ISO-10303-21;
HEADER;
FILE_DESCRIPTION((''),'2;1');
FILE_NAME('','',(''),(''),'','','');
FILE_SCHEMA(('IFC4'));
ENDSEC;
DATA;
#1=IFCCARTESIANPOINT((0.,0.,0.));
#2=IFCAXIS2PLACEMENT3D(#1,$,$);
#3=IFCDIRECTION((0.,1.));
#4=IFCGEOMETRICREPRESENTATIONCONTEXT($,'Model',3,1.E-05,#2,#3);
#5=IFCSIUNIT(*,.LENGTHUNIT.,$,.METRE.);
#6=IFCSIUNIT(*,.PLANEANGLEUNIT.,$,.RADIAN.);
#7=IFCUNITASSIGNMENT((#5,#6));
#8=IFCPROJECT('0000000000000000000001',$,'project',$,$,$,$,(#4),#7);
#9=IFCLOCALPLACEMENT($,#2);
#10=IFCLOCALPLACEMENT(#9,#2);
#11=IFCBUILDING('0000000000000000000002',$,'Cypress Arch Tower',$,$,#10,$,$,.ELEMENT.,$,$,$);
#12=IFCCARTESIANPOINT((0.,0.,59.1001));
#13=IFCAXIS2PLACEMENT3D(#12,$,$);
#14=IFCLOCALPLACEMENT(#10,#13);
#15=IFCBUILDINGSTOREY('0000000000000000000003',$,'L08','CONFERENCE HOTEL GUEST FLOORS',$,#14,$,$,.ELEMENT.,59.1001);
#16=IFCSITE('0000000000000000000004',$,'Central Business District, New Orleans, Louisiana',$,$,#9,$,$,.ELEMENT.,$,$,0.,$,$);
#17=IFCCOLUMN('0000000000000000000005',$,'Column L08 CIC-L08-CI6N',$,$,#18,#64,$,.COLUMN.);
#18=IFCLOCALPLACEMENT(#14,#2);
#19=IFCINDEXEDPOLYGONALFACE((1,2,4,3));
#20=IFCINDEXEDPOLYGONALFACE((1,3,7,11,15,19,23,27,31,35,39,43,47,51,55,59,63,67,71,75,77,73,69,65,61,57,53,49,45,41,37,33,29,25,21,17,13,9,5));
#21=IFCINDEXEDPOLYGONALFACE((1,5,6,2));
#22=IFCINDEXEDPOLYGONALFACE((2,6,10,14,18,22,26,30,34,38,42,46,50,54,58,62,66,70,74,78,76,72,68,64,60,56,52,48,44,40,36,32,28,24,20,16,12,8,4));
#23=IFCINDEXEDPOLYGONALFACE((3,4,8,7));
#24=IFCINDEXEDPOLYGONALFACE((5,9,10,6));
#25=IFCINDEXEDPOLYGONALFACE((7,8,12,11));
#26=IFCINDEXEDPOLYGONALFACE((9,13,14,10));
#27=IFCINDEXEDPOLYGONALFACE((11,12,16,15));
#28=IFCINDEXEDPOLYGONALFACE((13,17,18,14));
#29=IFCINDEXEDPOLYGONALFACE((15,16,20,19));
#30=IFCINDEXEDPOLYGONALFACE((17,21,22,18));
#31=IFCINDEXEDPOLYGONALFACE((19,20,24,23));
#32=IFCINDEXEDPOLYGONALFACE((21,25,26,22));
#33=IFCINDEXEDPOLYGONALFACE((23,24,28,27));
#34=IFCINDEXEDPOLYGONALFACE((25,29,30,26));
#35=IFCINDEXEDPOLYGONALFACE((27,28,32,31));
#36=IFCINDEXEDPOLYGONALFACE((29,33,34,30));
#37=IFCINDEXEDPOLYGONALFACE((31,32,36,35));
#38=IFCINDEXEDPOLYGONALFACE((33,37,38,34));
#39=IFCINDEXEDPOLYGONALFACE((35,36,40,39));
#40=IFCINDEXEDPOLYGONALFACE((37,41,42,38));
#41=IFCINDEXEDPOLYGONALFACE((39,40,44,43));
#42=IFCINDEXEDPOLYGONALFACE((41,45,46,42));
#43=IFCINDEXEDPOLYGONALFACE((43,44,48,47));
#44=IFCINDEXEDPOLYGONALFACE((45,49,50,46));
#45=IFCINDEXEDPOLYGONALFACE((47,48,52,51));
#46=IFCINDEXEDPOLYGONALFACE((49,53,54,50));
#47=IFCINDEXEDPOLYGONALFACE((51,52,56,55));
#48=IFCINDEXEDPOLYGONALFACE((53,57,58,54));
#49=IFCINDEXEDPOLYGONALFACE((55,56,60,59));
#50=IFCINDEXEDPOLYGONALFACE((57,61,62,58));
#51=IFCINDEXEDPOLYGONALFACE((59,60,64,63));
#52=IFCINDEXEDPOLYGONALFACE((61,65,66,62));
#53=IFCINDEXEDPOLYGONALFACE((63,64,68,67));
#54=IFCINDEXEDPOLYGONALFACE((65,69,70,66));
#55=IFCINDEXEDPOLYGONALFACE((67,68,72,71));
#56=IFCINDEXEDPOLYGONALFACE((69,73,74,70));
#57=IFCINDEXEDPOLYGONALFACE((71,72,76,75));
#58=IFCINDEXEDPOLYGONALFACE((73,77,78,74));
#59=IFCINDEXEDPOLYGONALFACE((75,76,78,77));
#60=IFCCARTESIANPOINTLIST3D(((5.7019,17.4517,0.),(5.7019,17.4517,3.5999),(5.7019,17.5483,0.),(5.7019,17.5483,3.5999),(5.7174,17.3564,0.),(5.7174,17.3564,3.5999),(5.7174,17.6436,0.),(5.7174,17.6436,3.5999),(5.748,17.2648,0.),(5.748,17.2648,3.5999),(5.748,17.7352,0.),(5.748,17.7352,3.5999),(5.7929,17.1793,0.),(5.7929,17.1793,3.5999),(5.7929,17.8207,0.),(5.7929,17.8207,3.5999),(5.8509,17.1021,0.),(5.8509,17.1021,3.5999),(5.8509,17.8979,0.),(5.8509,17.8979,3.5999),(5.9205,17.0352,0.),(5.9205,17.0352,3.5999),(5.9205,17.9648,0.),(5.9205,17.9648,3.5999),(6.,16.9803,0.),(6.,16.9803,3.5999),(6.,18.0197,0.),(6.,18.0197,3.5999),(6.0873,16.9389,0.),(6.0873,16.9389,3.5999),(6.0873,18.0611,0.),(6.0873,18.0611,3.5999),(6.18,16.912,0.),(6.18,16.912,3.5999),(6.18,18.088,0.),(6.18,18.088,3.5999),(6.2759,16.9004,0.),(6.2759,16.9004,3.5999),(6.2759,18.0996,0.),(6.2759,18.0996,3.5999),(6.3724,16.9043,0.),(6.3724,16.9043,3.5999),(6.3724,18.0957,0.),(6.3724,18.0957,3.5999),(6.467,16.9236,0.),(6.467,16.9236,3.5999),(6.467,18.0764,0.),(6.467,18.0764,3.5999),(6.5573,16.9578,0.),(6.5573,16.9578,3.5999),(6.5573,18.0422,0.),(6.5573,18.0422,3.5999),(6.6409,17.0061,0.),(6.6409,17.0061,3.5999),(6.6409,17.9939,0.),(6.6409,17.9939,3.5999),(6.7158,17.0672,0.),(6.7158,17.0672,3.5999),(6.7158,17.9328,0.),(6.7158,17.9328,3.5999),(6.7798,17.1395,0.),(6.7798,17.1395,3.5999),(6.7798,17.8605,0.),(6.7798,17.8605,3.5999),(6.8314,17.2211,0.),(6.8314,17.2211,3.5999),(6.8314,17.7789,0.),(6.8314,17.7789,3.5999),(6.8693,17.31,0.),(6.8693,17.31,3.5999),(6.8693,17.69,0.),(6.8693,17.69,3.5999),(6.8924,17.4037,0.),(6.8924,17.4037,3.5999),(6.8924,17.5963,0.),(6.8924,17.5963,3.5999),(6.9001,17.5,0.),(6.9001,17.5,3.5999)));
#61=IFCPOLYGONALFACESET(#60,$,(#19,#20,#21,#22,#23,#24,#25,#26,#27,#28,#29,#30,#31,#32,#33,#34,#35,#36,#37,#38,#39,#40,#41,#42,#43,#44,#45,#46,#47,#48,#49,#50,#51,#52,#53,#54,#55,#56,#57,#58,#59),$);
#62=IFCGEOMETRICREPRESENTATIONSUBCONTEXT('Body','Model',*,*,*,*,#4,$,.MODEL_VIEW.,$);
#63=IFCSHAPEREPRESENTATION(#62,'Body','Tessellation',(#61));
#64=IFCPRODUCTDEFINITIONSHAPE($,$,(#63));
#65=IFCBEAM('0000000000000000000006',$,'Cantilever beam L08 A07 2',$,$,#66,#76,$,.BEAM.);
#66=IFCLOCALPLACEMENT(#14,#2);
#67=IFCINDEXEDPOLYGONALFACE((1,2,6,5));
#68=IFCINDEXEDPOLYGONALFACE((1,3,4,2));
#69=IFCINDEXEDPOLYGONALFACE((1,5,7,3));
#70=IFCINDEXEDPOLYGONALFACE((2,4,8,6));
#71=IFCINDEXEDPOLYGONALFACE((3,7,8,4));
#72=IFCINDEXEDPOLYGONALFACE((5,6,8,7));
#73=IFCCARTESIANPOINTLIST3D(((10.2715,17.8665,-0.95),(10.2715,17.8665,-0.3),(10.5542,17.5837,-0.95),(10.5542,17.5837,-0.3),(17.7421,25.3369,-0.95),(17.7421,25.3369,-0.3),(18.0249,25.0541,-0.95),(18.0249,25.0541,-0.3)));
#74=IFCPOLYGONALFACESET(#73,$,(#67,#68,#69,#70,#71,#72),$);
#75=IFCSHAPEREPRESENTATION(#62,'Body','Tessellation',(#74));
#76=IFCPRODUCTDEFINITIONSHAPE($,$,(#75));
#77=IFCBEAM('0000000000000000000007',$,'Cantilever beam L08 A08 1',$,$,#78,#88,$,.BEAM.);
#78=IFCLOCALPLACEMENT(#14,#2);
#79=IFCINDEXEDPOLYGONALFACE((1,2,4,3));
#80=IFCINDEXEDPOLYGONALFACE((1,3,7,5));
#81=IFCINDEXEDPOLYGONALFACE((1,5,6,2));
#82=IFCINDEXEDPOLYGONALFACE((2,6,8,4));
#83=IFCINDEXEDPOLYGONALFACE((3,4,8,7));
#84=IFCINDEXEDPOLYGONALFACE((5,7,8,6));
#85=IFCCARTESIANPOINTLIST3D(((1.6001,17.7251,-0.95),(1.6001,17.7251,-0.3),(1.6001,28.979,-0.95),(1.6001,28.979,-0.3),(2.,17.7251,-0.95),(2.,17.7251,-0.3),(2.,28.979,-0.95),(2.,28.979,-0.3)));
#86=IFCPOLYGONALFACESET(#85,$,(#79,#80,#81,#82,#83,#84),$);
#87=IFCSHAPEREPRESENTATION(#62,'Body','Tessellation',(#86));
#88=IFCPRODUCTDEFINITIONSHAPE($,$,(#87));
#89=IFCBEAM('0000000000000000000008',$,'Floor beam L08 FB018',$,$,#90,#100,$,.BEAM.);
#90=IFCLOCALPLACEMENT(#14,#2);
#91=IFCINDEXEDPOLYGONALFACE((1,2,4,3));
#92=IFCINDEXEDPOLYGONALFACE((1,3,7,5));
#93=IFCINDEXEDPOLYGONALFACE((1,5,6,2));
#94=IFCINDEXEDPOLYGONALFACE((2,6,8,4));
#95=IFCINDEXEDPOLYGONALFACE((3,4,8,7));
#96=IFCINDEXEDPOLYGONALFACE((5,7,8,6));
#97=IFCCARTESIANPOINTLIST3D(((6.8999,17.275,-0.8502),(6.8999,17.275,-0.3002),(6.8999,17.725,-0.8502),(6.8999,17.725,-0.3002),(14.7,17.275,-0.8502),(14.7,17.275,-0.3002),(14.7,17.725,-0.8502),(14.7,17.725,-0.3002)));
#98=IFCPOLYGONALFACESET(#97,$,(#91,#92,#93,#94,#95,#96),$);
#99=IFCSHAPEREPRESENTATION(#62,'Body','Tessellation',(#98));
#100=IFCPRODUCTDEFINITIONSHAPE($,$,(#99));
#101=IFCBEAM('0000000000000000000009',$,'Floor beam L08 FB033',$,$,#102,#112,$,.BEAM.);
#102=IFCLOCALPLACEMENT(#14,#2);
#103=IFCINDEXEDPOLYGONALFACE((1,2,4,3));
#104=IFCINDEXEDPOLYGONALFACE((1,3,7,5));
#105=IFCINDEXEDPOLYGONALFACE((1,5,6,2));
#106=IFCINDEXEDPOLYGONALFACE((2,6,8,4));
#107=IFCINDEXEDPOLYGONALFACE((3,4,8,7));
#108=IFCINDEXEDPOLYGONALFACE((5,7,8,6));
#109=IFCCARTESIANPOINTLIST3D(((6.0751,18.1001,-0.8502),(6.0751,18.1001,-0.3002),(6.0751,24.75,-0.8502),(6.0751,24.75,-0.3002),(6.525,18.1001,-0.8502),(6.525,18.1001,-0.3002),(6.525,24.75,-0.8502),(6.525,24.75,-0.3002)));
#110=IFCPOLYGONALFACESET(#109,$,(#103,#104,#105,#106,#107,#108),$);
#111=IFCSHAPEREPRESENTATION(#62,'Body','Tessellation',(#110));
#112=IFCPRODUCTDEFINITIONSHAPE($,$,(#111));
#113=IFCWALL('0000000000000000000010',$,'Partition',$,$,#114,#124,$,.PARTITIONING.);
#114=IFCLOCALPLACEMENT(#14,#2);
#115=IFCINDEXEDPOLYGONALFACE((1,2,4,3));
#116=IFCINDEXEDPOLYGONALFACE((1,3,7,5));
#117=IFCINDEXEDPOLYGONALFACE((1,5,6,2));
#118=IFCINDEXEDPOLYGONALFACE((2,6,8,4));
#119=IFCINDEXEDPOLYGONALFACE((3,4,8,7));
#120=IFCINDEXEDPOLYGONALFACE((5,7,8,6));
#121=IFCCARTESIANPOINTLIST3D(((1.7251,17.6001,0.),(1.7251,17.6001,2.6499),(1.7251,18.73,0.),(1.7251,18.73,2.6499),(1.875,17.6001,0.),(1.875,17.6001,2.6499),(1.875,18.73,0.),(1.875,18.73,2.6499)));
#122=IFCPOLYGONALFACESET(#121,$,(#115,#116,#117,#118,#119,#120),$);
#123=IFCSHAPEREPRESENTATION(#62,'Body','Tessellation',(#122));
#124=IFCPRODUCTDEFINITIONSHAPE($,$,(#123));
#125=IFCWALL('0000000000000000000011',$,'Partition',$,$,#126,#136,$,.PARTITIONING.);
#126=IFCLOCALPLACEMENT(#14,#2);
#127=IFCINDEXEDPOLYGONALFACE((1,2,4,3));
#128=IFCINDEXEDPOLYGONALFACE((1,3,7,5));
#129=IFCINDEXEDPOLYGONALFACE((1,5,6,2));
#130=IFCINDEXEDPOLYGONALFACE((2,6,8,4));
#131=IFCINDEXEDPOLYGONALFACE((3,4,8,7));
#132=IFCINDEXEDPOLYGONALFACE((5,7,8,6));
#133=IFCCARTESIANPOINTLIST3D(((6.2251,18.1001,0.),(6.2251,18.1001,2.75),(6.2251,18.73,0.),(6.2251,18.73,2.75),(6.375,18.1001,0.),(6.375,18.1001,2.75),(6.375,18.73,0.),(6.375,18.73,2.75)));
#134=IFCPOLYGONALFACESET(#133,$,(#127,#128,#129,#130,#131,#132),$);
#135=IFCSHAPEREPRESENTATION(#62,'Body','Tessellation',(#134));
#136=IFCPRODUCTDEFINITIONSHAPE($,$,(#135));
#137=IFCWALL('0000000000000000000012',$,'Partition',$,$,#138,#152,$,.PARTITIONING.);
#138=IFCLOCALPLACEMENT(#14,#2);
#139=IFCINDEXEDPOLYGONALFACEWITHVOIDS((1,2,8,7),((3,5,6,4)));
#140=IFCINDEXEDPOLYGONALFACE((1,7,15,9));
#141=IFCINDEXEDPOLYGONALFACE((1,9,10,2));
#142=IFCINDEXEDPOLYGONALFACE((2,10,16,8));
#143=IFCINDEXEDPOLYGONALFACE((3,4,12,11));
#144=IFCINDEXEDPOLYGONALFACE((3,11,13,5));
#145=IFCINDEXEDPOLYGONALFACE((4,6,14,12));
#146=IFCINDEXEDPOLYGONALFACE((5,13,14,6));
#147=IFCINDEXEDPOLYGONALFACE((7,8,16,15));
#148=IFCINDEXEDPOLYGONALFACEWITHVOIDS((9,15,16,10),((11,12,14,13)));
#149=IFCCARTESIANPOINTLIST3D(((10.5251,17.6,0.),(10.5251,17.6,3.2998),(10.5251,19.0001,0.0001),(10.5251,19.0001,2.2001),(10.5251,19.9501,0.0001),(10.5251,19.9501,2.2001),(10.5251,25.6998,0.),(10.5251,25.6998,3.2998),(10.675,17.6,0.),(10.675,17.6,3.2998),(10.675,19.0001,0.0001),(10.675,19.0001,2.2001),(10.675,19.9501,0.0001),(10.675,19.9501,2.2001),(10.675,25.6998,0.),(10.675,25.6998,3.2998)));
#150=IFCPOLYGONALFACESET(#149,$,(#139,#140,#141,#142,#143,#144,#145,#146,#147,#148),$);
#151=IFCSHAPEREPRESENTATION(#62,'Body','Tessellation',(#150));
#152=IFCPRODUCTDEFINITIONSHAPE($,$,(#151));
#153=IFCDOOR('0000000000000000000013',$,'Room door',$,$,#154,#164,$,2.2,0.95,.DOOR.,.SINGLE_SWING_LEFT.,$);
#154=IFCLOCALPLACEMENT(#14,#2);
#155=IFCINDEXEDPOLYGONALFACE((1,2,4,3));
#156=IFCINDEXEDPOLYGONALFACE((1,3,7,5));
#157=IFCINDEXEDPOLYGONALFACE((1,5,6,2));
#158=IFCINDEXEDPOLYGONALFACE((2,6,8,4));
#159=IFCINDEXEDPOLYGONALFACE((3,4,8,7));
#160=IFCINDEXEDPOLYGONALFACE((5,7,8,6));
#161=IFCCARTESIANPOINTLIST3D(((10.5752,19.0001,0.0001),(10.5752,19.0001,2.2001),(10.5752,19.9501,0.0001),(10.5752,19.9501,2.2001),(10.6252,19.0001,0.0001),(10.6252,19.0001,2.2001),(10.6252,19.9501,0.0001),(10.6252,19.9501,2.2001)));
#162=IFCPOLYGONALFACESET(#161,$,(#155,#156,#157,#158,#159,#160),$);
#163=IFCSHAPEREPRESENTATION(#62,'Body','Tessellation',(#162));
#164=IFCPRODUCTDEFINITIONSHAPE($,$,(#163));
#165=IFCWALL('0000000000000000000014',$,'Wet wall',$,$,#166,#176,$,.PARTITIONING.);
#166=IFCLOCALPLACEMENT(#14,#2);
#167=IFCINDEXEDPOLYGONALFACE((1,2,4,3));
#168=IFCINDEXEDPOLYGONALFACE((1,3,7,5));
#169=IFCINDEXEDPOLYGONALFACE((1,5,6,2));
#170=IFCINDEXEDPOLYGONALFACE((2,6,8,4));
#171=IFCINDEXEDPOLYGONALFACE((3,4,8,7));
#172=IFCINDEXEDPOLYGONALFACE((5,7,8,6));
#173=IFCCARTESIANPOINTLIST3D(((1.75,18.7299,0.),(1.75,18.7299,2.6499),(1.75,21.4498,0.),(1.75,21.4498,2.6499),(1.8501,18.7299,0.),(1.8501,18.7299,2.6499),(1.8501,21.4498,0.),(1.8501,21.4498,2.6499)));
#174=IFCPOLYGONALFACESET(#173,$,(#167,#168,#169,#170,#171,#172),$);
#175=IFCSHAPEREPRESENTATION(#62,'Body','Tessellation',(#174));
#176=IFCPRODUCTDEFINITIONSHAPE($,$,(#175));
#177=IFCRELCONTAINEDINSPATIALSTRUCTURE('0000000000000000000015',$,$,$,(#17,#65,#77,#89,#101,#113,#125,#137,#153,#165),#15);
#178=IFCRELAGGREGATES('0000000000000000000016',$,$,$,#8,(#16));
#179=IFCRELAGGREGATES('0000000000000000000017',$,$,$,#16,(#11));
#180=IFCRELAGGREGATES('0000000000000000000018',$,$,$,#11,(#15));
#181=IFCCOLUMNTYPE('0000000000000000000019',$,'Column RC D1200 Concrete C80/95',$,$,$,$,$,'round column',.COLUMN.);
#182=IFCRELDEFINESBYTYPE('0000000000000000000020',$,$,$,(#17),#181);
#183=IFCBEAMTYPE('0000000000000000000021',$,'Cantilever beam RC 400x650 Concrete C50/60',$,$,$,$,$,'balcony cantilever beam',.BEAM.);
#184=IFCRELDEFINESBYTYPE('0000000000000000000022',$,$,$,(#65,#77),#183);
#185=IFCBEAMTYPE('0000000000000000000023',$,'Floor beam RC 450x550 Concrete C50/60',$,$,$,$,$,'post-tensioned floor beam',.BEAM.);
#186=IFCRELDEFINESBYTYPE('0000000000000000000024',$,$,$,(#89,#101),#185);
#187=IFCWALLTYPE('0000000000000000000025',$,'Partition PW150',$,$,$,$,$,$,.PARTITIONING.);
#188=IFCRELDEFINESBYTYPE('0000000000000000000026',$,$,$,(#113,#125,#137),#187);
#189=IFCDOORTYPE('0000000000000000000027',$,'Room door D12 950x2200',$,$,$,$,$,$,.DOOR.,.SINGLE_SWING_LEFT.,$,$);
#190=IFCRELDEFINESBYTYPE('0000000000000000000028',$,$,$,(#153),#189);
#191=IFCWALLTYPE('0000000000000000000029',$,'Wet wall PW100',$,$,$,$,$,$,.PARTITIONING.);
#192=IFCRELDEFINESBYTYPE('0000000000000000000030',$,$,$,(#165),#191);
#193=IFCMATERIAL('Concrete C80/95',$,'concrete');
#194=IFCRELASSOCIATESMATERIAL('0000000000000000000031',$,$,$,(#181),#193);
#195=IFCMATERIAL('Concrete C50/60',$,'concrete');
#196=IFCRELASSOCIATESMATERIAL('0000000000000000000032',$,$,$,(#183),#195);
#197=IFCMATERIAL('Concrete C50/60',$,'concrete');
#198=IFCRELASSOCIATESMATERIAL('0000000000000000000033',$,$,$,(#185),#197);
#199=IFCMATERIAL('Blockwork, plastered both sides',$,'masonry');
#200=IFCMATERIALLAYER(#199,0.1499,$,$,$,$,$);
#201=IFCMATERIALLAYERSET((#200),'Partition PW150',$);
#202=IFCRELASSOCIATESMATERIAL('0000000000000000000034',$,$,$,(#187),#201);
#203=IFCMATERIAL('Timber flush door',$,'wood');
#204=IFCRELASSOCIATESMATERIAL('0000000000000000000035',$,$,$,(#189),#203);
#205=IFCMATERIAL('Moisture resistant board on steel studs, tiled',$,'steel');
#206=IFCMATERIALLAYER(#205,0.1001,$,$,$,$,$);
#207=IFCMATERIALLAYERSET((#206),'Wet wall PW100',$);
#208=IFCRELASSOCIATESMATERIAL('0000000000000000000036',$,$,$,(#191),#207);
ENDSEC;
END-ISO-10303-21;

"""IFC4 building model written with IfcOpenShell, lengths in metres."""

from ifc_helpers import new_model, si_unit, direction, frame, frame_2d, origin, origin_2d, place, context, subcontext, project, spatial, rectangle, circle, extrude, material, layer, layer_set, material_profile, profile_set, type_object, element, fill, save


model = new_model("IFC4")

# Units and contexts
model_context = context("Model", 3, precision=1e-05, world=origin(), true_north=direction((0.0, 1.0)))
body_context = subcontext(model_context, "Body", "Model", "MODEL_VIEW")
ifc_project = project(units=[si_unit("LENGTHUNIT", "METRE"), si_unit("PLANEANGLEUNIT", "RADIAN")], contexts=[model_context])

# Site, building, storey
site_placement = place(None, origin())
site = spatial("IfcSite", under=ifc_project, at=site_placement, Name="Central Business District, New Orleans, Louisiana", CompositionType="ELEMENT", RefElevation=0.0)
building_placement = place(site_placement, origin())
building = spatial("IfcBuilding", under=site, at=building_placement, Name="Cypress Arch Tower", CompositionType="ELEMENT")
storey_placement = place(building_placement, frame((0.0, 0.0, 59.1001)))
storey = spatial("IfcBuildingStorey", under=building, at=storey_placement, Name="L08", Description="CONFERENCE HOTEL GUEST FLOORS", CompositionType="ELEMENT", Elevation=59.1001)

# Column
ifc_material_1 = material(Name="Concrete C80/95", Category="concrete")
ifc_material_profile_1 = material_profile(ifc_material_1, circle(Radius=0.6001, at=origin_2d()), Name="RC D1200")
ifc_profile_set_1 = profile_set([ifc_material_profile_1], Name="Concrete C80/95")
column_type = type_object("IfcColumnType", Name="Column RC D1200 Concrete C80/95", ElementType="round column", PredefinedType="COLUMN", material=ifc_profile_set_1)
column_placement = place(storey_placement, frame((6.3, 17.5, 0.0), z_axis=(0.0, 0.0, 1.0), x_axis=(1.0, 0.0, 0.0)))
element("IfcColumn", 1, at=column_placement, inside=storey, type_object=column_type, Name="Column L08 CIC-L08-CI6N", PredefinedType="COLUMN", context=body_context, shape_type="SweptSolid", body=[
    extrude(circle(Radius=0.6001, at=origin_2d()), origin(), (0.0, 0.0, 1.0), 3.5999),
])

# Beams
ifc_material_2 = material(Name="Concrete C50/60", Category="concrete")
ifc_material_profile_2 = material_profile(ifc_material_2, rectangle(XDim=0.3999, YDim=0.6499, at=origin_2d()), Name="RC 400x650")
ifc_profile_set_2 = profile_set([ifc_material_profile_2], Name="Concrete C50/60")
beam_type_1 = type_object("IfcBeamType", Name="Cantilever beam RC 400x650 Concrete C50/60", ElementType="balcony cantilever beam", PredefinedType="BEAM", material=ifc_profile_set_2)
beam_1_placement = place(storey_placement, frame((10.4128, 17.7251, -0.625), z_axis=(0.707118, 0.707095, 0.0), x_axis=(-0.707095, 0.707118, 0.0)))
element("IfcBeam", 2, at=beam_1_placement, inside=storey, type_object=beam_type_1, Name="Cantilever beam L08 A07 2", PredefinedType="BEAM", context=body_context, shape_type="SweptSolid", body=[
    extrude(rectangle(XDim=0.3999, YDim=0.6499, at=origin_2d()), origin(), (0.0, 0.0, 1.0), 10.5649),
])
beam_2_placement = place(storey_placement, frame((1.8, 17.7251, -0.625), z_axis=(0.0, 1.0, 0.0), x_axis=(-1.0, 0.0, 0.0)))
element("IfcBeam", 3, at=beam_2_placement, inside=storey, type_object=beam_type_1, Name="Cantilever beam L08 A08 1", PredefinedType="BEAM", context=body_context, shape_type="SweptSolid", body=[
    extrude(rectangle(XDim=0.3999, YDim=0.6499, at=origin_2d()), origin(), (0.0, 0.0, 1.0), 11.2539),
])
ifc_material_3 = material(Name="Concrete C50/60", Category="concrete")
ifc_material_profile_3 = material_profile(ifc_material_3, rectangle(XDim=0.45, YDim=0.55, at=origin_2d()), Name="RC 450x550")
ifc_profile_set_3 = profile_set([ifc_material_profile_3], Name="Concrete C50/60")
beam_type_2 = type_object("IfcBeamType", Name="Floor beam RC 450x550 Concrete C50/60", ElementType="post-tensioned floor beam", PredefinedType="BEAM", material=ifc_profile_set_3)
beam_3_placement = place(storey_placement, frame((6.8999, 17.5, -0.5752), z_axis=(1.0, 0.0, 0.0), x_axis=(0.0, 1.0, 0.0)))
element("IfcBeam", 4, at=beam_3_placement, inside=storey, type_object=beam_type_2, Name="Floor beam L08 FB018", PredefinedType="BEAM", context=body_context, shape_type="SweptSolid", body=[
    extrude(rectangle(XDim=0.45, YDim=0.55, at=origin_2d()), origin(), (0.0, 0.0, 1.0), 7.8),
])
beam_4_placement = place(storey_placement, frame((6.3, 18.1001, -0.5752), z_axis=(0.0, 1.0, 0.0), x_axis=(-1.0, 0.0, 0.0)))
element("IfcBeam", 5, at=beam_4_placement, inside=storey, type_object=beam_type_2, Name="Floor beam L08 FB033", PredefinedType="BEAM", context=body_context, shape_type="SweptSolid", body=[
    extrude(rectangle(XDim=0.45, YDim=0.55, at=origin_2d()), origin(), (0.0, 0.0, 1.0), 6.6499),
])

# Walls
ifc_material_4 = material(Name="Blockwork, plastered both sides", Category="masonry")
ifc_layer_1 = layer(ifc_material_4, 0.1499)
ifc_layer_set_1 = layer_set([ifc_layer_1], Name="Partition PW150")
wall_type_1 = type_object("IfcWallType", Name="Partition PW150", PredefinedType="PARTITIONING", material=ifc_layer_set_1)
wall_1_placement = place(storey_placement, frame((1.8, 17.6001, 0.0), z_axis=(0.0, 0.0, 1.0), x_axis=(0.0, 1.0, 0.0)))
element("IfcWall", 6, at=wall_1_placement, inside=storey, type_object=wall_type_1, Name="Partition", PredefinedType="PARTITIONING", context=body_context, shape_type="SweptSolid", body=[
    extrude(rectangle(XDim=1.1299, YDim=0.1499, at=frame_2d((0.5649, 0.0))), origin(), (0.0, 0.0, 1.0), 2.6499),
])
wall_2_placement = place(storey_placement, frame((6.3, 18.1001, 0.0), z_axis=(0.0, 0.0, 1.0), x_axis=(0.0, 1.0, 0.0)))
element("IfcWall", 7, at=wall_2_placement, inside=storey, type_object=wall_type_1, Name="Partition", PredefinedType="PARTITIONING", context=body_context, shape_type="SweptSolid", body=[
    extrude(rectangle(XDim=0.6299, YDim=0.1499, at=frame_2d((0.3149, 0.0))), origin(), (0.0, 0.0, 1.0), 2.75),
])

# Wall, opening, door
wall_3_placement = place(storey_placement, frame((10.6001, 17.6001, 0.0), z_axis=(0.0, 0.0, 1.0), x_axis=(0.0, 1.0, 0.0)))
wall_3 = element("IfcWall", 8, at=wall_3_placement, inside=storey, type_object=wall_type_1, Name="Partition", PredefinedType="PARTITIONING", context=body_context, shape_type="SweptSolid", body=[
    extrude(rectangle(XDim=8.0999, YDim=0.1499, at=frame_2d((4.0498, 0.0))), origin(), (0.0, 0.0, 1.0), 3.2998),
])
opening_1_placement = place(wall_3_placement, frame((1.3999, 0.0, 0.0)))
opening_1 = element("IfcOpeningElement", 9, at=opening_1_placement, cuts=wall_3, PredefinedType="OPENING", context=body_context, shape_type="SweptSolid", body=[
    extrude(rectangle(XDim=0.95, YDim=2.2, at=frame_2d((0.4751, 1.1001))), frame((0.0, 0.085, 0.0), z_axis=(0.0, -1.0, 0.0), x_axis=(1.0, 0.0, 0.0)), (0.0, 0.0, 1.0), 0.1699),
])
ifc_material_5 = material(Name="Timber flush door", Category="wood")
door_type_1 = type_object("IfcDoorType", Name="Room door D12 950x2200", OperationType="SINGLE_SWING_LEFT", PredefinedType="DOOR", material=ifc_material_5)
door_1_placement = place(opening_1_placement, origin())
door_1 = element("IfcDoor", 10, at=door_1_placement, inside=storey, type_object=door_type_1, Name="Room door", OperationType="SINGLE_SWING_LEFT", OverallHeight=2.2, OverallWidth=0.95, PredefinedType="DOOR", context=body_context, shape_type="SweptSolid", body=[
    extrude(rectangle(XDim=0.95, YDim=2.2, at=frame_2d((0.4751, 1.1001))), frame((0.0, 0.0249, 0.0), z_axis=(0.0, -1.0, 0.0), x_axis=(1.0, 0.0, 0.0)), (0.0, 0.0, 1.0), 0.05),
])
fill(opening_1, door_1)

# Wall
ifc_material_6 = material(Name="Moisture resistant board on steel studs, tiled", Category="steel")
ifc_layer_2 = layer(ifc_material_6, 0.1001)
ifc_layer_set_2 = layer_set([ifc_layer_2], Name="Wet wall PW100")
wall_type_2 = type_object("IfcWallType", Name="Wet wall PW100", PredefinedType="PARTITIONING", material=ifc_layer_set_2)
wall_4_placement = place(storey_placement, frame((1.8, 18.73, 0.0), z_axis=(0.0, 0.0, 1.0), x_axis=(0.0, 1.0, 0.0)))
element("IfcWall", 11, at=wall_4_placement, inside=storey, type_object=wall_type_2, Name="Wet wall", PredefinedType="PARTITIONING", context=body_context, shape_type="SweptSolid", body=[
    extrude(rectangle(XDim=2.72, YDim=0.1001, at=frame_2d((1.3599, 0.0))), origin(), (0.0, 0.0, 1.0), 2.6499),
])

save(model, "model.ifc")
